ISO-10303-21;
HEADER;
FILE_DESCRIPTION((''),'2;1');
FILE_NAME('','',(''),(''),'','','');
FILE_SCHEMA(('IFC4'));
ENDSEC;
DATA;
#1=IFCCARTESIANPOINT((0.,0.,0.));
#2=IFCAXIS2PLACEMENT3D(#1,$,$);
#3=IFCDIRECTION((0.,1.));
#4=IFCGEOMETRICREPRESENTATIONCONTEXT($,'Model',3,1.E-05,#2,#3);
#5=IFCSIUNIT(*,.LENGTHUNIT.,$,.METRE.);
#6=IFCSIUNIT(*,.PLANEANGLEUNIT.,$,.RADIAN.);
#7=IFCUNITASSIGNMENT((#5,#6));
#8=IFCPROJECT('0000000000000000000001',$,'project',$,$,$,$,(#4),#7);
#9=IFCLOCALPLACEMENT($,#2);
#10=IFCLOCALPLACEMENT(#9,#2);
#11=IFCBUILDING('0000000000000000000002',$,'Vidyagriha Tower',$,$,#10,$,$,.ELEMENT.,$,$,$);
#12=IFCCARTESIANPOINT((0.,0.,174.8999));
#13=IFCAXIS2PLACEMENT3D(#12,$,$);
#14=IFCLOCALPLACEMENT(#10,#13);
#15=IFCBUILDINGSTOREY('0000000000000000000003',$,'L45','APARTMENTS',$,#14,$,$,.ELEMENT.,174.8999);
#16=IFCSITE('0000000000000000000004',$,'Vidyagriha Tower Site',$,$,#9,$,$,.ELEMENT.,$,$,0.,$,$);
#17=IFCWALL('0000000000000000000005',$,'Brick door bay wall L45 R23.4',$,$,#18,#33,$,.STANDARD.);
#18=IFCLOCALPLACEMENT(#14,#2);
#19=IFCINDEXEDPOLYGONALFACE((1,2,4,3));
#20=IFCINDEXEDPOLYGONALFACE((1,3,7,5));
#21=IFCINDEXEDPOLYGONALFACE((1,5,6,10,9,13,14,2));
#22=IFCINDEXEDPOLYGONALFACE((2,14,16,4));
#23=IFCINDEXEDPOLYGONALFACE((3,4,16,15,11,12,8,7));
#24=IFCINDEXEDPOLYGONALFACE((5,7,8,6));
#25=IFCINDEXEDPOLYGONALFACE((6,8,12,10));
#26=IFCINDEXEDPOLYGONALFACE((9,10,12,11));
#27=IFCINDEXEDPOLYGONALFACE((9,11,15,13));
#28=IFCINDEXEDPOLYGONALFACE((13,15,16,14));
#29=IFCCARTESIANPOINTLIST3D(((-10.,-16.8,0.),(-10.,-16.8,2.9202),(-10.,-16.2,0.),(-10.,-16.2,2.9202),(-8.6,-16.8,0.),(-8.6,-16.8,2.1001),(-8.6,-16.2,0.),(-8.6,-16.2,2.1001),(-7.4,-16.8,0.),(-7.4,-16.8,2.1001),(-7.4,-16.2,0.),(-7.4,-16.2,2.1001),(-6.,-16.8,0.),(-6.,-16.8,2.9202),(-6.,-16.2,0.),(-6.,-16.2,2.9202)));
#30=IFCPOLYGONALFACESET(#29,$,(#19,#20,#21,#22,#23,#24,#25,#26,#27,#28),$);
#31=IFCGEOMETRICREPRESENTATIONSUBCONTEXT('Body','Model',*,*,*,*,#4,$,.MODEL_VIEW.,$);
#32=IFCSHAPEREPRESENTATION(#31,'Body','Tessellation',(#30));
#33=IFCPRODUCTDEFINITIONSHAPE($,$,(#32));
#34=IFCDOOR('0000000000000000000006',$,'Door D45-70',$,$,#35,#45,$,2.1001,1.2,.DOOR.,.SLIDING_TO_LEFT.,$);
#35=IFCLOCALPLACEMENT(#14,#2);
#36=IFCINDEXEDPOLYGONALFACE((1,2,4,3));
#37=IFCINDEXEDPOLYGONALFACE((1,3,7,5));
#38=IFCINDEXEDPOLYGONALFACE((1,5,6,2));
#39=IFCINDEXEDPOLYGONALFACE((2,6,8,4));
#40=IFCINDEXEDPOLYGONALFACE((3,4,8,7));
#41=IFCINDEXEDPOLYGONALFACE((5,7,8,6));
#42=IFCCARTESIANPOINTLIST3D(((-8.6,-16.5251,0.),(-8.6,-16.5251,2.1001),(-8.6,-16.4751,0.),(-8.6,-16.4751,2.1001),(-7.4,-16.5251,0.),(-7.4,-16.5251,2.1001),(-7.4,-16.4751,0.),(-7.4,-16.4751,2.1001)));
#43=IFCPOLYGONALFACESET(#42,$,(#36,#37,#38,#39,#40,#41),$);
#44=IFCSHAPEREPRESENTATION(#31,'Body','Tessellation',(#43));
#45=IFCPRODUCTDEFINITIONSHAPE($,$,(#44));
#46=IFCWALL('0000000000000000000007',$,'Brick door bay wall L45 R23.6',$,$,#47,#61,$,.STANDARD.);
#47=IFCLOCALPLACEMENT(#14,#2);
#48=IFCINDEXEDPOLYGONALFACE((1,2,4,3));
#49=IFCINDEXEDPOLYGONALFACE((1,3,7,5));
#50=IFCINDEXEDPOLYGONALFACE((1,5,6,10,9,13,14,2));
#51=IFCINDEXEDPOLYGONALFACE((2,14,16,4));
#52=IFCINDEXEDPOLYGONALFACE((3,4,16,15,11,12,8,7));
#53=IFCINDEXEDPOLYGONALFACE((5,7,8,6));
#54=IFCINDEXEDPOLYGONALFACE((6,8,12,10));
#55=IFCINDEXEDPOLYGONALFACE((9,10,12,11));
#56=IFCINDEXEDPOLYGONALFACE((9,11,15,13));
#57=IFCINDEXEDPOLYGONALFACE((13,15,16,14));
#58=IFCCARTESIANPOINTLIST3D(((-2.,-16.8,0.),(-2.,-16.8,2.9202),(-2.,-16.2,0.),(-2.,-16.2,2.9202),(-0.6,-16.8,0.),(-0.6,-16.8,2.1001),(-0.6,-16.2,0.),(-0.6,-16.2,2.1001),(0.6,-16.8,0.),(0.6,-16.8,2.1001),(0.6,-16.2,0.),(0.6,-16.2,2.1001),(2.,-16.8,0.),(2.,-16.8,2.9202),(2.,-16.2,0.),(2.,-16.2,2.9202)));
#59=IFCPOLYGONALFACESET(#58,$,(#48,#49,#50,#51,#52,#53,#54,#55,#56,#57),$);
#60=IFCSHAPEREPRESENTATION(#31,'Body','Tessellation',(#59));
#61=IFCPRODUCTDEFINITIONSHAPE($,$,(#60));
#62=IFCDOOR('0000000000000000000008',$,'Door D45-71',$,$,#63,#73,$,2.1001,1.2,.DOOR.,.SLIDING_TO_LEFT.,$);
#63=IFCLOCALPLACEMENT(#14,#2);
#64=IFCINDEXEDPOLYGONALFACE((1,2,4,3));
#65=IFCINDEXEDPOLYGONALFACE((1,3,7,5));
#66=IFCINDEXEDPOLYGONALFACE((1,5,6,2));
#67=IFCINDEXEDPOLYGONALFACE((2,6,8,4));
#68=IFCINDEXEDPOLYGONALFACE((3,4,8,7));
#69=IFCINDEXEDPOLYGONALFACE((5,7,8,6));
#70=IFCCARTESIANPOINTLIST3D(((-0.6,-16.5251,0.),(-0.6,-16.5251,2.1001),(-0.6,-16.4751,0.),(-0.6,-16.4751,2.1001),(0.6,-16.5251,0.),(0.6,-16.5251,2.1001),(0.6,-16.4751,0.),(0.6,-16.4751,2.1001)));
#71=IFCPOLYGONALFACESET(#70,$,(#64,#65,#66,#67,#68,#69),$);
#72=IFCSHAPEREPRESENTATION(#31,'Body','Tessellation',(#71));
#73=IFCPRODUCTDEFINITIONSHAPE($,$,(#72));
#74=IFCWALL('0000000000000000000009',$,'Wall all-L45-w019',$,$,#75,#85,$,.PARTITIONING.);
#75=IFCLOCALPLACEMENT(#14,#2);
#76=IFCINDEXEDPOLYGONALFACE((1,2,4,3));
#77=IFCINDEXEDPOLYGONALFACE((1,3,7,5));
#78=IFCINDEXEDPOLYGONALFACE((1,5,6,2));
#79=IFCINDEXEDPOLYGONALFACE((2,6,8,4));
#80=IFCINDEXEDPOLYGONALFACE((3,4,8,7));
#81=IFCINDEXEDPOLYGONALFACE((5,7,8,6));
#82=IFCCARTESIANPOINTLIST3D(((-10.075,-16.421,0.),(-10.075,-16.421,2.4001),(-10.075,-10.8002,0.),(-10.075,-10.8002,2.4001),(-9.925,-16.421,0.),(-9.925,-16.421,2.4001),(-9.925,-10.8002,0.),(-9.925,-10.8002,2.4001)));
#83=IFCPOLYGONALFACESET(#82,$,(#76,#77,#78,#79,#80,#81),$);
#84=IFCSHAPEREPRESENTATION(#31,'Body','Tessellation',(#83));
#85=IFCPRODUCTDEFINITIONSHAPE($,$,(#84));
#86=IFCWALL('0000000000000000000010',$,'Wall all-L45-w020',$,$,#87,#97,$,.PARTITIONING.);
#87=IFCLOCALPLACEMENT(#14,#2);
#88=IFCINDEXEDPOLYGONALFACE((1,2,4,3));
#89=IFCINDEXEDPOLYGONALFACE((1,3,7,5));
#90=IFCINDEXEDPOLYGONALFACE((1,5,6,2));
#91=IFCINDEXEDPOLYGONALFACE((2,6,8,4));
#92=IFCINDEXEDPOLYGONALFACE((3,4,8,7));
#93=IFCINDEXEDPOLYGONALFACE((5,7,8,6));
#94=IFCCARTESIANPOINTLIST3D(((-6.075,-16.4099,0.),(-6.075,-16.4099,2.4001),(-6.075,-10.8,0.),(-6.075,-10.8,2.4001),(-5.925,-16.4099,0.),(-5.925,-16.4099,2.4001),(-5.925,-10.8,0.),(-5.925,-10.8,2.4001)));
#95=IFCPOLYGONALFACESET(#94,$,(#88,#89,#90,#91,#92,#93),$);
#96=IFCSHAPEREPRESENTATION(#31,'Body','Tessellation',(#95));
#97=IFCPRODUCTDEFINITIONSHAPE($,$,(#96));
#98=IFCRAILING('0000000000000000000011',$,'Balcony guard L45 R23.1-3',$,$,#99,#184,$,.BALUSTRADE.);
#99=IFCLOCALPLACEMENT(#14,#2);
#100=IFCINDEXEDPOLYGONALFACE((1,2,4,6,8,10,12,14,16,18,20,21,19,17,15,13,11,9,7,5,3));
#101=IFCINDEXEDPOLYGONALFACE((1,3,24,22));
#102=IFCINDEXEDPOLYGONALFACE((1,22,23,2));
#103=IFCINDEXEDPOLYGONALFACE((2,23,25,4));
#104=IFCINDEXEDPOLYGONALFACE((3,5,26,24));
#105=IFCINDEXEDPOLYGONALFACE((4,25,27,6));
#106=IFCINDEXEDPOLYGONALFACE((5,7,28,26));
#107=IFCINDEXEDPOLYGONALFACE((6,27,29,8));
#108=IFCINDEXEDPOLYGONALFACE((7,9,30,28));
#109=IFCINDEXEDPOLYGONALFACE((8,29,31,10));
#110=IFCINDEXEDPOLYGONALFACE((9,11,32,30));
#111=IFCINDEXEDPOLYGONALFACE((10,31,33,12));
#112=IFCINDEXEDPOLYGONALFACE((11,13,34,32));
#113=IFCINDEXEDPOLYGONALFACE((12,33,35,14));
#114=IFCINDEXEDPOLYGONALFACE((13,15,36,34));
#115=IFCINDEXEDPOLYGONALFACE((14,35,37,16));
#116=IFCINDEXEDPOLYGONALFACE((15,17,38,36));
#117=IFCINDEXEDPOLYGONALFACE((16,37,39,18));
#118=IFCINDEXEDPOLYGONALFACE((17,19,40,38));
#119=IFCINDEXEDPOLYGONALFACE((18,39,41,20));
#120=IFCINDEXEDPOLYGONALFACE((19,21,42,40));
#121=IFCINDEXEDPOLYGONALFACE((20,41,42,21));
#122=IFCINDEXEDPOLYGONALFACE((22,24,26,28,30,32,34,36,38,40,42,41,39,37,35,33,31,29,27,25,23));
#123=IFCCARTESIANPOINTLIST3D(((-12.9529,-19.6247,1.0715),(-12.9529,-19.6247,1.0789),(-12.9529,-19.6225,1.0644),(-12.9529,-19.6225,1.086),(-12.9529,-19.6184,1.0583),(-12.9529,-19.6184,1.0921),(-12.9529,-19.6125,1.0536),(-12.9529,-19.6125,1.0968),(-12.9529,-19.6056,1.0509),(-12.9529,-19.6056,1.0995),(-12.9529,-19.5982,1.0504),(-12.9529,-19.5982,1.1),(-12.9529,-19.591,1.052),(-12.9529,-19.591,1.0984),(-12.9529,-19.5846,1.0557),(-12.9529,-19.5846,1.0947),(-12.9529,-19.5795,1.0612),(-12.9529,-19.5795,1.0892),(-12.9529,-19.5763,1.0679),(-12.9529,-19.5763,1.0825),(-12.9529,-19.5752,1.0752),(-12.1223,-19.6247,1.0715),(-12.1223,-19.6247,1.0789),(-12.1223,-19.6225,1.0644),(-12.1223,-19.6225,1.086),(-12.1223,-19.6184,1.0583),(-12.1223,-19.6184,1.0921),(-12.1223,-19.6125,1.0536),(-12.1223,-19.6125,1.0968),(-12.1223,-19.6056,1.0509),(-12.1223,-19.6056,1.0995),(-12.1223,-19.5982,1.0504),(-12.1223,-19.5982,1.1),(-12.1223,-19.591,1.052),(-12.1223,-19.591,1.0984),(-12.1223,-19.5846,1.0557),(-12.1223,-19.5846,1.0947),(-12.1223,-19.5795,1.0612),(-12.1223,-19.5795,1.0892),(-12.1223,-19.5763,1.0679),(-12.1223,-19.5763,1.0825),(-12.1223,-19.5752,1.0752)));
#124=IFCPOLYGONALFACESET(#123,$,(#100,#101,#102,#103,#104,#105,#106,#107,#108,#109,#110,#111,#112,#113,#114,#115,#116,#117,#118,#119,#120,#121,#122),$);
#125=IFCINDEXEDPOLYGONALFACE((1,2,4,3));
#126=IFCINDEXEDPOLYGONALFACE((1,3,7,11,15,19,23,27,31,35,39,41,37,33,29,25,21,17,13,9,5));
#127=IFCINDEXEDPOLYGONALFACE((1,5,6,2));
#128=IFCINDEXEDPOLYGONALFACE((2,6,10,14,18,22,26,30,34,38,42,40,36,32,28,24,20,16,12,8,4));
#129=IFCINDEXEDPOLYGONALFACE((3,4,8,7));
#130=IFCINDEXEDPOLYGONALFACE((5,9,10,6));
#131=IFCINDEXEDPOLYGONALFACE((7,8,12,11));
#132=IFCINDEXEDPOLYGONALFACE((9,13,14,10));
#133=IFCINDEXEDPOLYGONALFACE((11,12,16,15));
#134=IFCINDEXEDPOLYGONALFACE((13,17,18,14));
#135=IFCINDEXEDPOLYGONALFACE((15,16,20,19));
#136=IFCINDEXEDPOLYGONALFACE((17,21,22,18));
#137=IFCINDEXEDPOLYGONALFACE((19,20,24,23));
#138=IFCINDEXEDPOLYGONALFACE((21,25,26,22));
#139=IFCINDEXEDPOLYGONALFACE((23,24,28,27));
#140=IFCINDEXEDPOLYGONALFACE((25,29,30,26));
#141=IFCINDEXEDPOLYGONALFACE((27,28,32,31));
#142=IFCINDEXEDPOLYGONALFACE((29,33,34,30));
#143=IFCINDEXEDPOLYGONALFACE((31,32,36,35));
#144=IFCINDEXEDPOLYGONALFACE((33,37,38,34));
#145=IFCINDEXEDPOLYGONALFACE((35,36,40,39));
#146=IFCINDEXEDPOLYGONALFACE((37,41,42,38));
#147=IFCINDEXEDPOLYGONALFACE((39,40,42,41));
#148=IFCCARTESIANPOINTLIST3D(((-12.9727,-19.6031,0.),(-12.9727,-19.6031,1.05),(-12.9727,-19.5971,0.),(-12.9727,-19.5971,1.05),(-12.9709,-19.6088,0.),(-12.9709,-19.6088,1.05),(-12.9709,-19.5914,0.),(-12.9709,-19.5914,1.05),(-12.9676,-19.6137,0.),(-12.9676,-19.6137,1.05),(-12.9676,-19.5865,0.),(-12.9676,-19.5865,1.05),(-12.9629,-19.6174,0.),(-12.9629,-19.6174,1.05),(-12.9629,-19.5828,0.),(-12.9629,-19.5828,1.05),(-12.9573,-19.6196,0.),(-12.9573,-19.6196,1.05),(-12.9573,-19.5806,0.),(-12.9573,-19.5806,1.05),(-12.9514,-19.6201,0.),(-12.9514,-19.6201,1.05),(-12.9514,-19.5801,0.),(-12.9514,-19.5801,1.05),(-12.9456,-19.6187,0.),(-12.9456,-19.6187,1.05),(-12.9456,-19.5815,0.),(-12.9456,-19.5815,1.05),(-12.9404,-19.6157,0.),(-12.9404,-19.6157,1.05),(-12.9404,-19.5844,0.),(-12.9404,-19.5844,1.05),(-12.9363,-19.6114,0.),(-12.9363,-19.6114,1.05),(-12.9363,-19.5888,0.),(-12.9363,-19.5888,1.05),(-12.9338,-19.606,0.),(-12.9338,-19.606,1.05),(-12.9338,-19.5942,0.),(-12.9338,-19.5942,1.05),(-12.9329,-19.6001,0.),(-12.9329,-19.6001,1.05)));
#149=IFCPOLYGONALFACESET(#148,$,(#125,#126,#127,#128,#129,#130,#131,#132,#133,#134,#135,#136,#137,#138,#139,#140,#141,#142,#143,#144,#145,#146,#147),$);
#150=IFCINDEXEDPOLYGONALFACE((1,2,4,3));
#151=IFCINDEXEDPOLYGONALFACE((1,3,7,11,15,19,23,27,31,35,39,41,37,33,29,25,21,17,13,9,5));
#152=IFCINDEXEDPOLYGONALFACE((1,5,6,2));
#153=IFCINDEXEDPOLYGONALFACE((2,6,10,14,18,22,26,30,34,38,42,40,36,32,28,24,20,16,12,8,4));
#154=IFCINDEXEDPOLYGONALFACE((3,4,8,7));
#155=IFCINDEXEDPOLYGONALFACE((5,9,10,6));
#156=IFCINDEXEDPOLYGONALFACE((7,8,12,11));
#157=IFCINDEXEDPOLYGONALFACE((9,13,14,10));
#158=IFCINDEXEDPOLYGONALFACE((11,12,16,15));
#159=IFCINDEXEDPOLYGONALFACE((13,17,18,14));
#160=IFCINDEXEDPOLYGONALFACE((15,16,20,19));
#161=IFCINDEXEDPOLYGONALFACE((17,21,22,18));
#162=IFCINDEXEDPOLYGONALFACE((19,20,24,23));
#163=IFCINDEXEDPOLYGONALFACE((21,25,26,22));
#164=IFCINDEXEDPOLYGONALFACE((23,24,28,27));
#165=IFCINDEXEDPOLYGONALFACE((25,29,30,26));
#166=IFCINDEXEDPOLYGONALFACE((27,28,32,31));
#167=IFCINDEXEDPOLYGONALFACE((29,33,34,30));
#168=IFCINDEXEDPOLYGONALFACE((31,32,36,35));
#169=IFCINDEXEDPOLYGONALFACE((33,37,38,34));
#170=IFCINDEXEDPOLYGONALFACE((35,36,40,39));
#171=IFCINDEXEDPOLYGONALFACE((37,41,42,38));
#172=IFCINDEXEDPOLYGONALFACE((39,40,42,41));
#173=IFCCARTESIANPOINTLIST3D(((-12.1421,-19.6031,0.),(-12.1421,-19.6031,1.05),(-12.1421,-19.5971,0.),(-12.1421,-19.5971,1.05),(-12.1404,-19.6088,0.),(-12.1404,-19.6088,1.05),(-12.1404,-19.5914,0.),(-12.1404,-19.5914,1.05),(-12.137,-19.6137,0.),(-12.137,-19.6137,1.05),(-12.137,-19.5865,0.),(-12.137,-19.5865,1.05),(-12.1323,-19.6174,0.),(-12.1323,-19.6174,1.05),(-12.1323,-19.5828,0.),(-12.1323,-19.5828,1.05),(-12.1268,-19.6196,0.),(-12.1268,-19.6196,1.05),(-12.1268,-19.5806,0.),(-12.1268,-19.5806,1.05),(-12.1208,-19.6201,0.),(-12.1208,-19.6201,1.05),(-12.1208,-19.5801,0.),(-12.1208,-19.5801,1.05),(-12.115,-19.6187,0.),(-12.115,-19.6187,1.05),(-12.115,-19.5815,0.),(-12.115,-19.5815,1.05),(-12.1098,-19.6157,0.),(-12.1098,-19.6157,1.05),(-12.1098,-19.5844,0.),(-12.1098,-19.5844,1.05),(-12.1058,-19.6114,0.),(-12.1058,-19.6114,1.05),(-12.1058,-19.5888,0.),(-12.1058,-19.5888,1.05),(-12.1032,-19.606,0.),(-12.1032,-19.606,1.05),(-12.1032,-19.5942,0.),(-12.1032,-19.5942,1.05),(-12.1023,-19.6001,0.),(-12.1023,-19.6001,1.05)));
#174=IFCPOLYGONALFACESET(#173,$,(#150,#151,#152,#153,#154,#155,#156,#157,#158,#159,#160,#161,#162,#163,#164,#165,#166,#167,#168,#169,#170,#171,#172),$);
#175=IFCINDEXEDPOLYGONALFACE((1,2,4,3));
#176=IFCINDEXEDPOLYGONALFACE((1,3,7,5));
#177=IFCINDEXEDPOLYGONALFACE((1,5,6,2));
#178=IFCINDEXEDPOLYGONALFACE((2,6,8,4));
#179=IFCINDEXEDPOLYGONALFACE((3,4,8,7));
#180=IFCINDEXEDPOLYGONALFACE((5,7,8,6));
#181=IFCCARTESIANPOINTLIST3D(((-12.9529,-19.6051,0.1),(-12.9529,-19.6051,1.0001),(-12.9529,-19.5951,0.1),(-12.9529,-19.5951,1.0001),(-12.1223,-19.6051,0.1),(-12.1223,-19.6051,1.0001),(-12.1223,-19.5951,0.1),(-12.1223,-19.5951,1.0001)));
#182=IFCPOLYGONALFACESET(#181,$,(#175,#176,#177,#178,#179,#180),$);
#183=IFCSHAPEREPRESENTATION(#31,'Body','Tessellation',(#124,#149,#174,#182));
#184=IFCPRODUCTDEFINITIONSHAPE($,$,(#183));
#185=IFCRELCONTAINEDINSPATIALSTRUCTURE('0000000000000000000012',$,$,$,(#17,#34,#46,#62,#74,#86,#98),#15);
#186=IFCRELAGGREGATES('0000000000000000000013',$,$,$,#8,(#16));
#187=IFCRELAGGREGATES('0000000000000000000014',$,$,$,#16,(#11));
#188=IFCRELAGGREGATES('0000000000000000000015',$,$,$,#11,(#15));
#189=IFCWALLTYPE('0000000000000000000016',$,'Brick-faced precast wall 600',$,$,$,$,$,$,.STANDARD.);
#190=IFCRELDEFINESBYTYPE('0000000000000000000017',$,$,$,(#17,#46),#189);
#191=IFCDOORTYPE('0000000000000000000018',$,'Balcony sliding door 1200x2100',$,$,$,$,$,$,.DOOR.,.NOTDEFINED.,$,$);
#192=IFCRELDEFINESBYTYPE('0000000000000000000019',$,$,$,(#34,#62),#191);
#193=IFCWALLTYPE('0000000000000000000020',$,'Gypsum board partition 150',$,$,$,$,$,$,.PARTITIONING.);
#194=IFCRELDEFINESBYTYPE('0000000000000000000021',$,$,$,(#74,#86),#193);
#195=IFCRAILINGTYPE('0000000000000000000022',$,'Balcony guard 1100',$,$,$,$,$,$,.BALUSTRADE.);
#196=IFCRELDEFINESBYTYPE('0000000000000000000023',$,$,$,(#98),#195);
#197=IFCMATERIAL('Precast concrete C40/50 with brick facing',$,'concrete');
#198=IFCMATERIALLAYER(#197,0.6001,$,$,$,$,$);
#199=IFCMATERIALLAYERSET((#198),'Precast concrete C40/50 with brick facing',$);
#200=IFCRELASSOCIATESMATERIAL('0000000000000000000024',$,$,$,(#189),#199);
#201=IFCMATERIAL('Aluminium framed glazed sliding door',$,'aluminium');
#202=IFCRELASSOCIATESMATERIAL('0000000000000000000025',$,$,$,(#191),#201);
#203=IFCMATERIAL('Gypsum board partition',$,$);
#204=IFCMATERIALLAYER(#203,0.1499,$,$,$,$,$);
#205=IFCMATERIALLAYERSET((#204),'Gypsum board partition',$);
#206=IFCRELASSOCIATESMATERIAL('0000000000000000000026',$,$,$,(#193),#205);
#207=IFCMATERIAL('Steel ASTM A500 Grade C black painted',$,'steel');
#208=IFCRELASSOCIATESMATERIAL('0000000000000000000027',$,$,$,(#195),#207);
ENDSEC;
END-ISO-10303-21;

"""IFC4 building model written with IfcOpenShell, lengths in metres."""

from ifc_helpers import new_model, si_unit, direction, frame, frame_2d, origin, origin_2d, place, context, subcontext, project, spatial, rectangle, circle, extrude, material, layer, layer_set, type_object, element, fill, save


model = new_model("IFC4")

# Units and contexts
model_context = context("Model", 3, precision=1e-05, world=origin(), true_north=direction((0.0, 1.0)))
body_context = subcontext(model_context, "Body", "Model", "MODEL_VIEW")
ifc_project = project(units=[si_unit("LENGTHUNIT", "METRE"), si_unit("PLANEANGLEUNIT", "RADIAN")], contexts=[model_context])

# Site, building, storey
site_placement = place(None, origin())
site = spatial("IfcSite", under=ifc_project, at=site_placement, Name="Vidyagriha Tower Site", CompositionType="ELEMENT", RefElevation=0.0)
building_placement = place(site_placement, origin())
building = spatial("IfcBuilding", under=site, at=building_placement, Name="Vidyagriha Tower", CompositionType="ELEMENT")
storey_placement = place(building_placement, frame((0.0, 0.0, 174.8999)))
storey = spatial("IfcBuildingStorey", under=building, at=storey_placement, Name="L45", Description="APARTMENTS", CompositionType="ELEMENT", Elevation=174.8999)

# Walls, openings, doors
ifc_material_1 = material(Name="Precast concrete C40/50 with brick facing", Category="concrete")
ifc_layer_1 = layer(ifc_material_1, 0.6001)
ifc_layer_set_1 = layer_set([ifc_layer_1], Name="Precast concrete C40/50 with brick facing")
wall_type_1 = type_object("IfcWallType", Name="Brick-faced precast wall 600", PredefinedType="STANDARD", material=ifc_layer_set_1)
wall_1_placement = place(storey_placement, frame((-10.0, -16.5, 0.0)))
wall_1 = element("IfcWall", 1, at=wall_1_placement, inside=storey, type_object=wall_type_1, Name="Brick door bay wall L45 R23.4", PredefinedType="STANDARD", context=body_context, shape_type="SweptSolid", body=[
    extrude(rectangle(XDim=4.0, YDim=0.6001, at=frame_2d((2.0, 0.0))), origin(), (0.0, 0.0, 1.0), 2.9202),
])
opening_1_placement = place(wall_1_placement, frame((1.3999, 0.0, 0.0)))
opening_1 = element("IfcOpeningElement", 2, at=opening_1_placement, cuts=wall_1, PredefinedType="OPENING", context=body_context, shape_type="SweptSolid", body=[
    extrude(rectangle(XDim=1.2, YDim=2.1001, at=frame_2d((0.6001, 1.05))), frame((0.0, 0.3101, 0.0), z_axis=(0.0, -1.0, 0.0), x_axis=(1.0, 0.0, 0.0)), (0.0, 0.0, 1.0), 0.6201),
])
ifc_material_2 = material(Name="Aluminium framed glazed sliding door", Category="aluminium")
door_type = type_object("IfcDoorType", Name="Balcony sliding door 1200x2100", OperationType="NOTDEFINED", PredefinedType="DOOR", material=ifc_material_2)
door_1_placement = place(opening_1_placement, origin())
door_1 = element("IfcDoor", 3, at=door_1_placement, inside=storey, type_object=door_type, Name="Door D45-70", OperationType="SLIDING_TO_LEFT", OverallHeight=2.1001, OverallWidth=1.2, PredefinedType="DOOR", context=body_context, shape_type="SweptSolid", body=[
    extrude(rectangle(XDim=1.2, YDim=2.1001, at=frame_2d((0.6001, 1.05))), frame((0.0, 0.0249, 0.0), z_axis=(0.0, -1.0, 0.0), x_axis=(1.0, 0.0, 0.0)), (0.0, 0.0, 1.0), 0.05),
])
fill(opening_1, door_1)
wall_2_placement = place(storey_placement, frame((-2.0, -16.5, 0.0)))
wall_2 = element("IfcWall", 4, at=wall_2_placement, inside=storey, type_object=wall_type_1, Name="Brick door bay wall L45 R23.6", PredefinedType="STANDARD", context=body_context, shape_type="SweptSolid", body=[
    extrude(rectangle(XDim=4.0, YDim=0.6001, at=frame_2d((2.0, 0.0))), origin(), (0.0, 0.0, 1.0), 2.9202),
])
opening_2_placement = place(wall_2_placement, frame((1.3999, 0.0, 0.0)))
opening_2 = element("IfcOpeningElement", 5, at=opening_2_placement, cuts=wall_2, PredefinedType="OPENING", context=body_context, shape_type="SweptSolid", body=[
    extrude(rectangle(XDim=1.2, YDim=2.1001, at=frame_2d((0.6001, 1.05))), frame((0.0, 0.3101, 0.0), z_axis=(0.0, -1.0, 0.0), x_axis=(1.0, 0.0, 0.0)), (0.0, 0.0, 1.0), 0.6201),
])
door_2_placement = place(opening_2_placement, origin())
door_2 = element("IfcDoor", 6, at=door_2_placement, inside=storey, type_object=door_type, Name="Door D45-71", OperationType="SLIDING_TO_LEFT", OverallHeight=2.1001, OverallWidth=1.2, PredefinedType="DOOR", context=body_context, shape_type="SweptSolid", body=[
    extrude(rectangle(XDim=1.2, YDim=2.1001, at=frame_2d((0.6001, 1.05))), frame((0.0, 0.0249, 0.0), z_axis=(0.0, -1.0, 0.0), x_axis=(1.0, 0.0, 0.0)), (0.0, 0.0, 1.0), 0.05),
])
fill(opening_2, door_2)

# Walls
ifc_material_3 = material(Name="Gypsum board partition")
ifc_layer_2 = layer(ifc_material_3, 0.1499)
ifc_layer_set_2 = layer_set([ifc_layer_2], Name="Gypsum board partition")
wall_type_2 = type_object("IfcWallType", Name="Gypsum board partition 150", PredefinedType="PARTITIONING", material=ifc_layer_set_2)
wall_3_placement = place(storey_placement, frame((-10.0, -10.8, 0.0), z_axis=(0.0, 0.0, 1.0), x_axis=(0.0, -1.0, 0.0)))
element("IfcWall", 7, at=wall_3_placement, inside=storey, type_object=wall_type_2, Name="Wall all-L45-w019", PredefinedType="PARTITIONING", context=body_context, shape_type="SweptSolid", body=[
    extrude(rectangle(XDim=5.6208, YDim=0.1499, at=frame_2d((2.8105, 0.0))), origin(), (0.0, 0.0, 1.0), 2.4001),
])
wall_4_placement = place(storey_placement, frame((-6.0, -10.8, 0.0), z_axis=(0.0, 0.0, 1.0), x_axis=(0.0, -1.0, 0.0)))
element("IfcWall", 8, at=wall_4_placement, inside=storey, type_object=wall_type_2, Name="Wall all-L45-w020", PredefinedType="PARTITIONING", context=body_context, shape_type="SweptSolid", body=[
    extrude(rectangle(XDim=5.6099, YDim=0.1499, at=frame_2d((2.8049, 0.0))), origin(), (0.0, 0.0, 1.0), 2.4001),
])

# Railing
ifc_material_4 = material(Name="Steel ASTM A500 Grade C black painted", Category="steel")
railing_type = type_object("IfcRailingType", Name="Balcony guard 1100", PredefinedType="BALUSTRADE", material=ifc_material_4)
railing_1_placement = place(storey_placement, frame((-12.9529, -19.6001, 0.0)))
element("IfcRailing", 9, at=railing_1_placement, inside=storey, type_object=railing_type, Name="Balcony guard L45 R23.1-3", PredefinedType="BALUSTRADE", context=body_context, shape_type="SweptSolid", body=[
    extrude(circle(Radius=0.0249, at=origin_2d()), frame((0.0, 0.0, 1.0752), z_axis=(1.0, 0.0, 0.0), x_axis=(0.0, 1.0, 0.0)), (0.0, 0.0, 1.0), 0.8306),
    extrude(circle(Radius=0.02, at=origin_2d()), origin(), (0.0, 0.0, 1.0), 1.05),
    extrude(circle(Radius=0.02, at=origin_2d()), frame((0.8306, 0.0, 0.0)), (0.0, 0.0, 1.0), 1.05),
    extrude(rectangle(XDim=0.01, YDim=0.9001, at=origin_2d()), frame((0.0, 0.0, 0.55), z_axis=(1.0, 0.0, 0.0), x_axis=(0.0, 1.0, 0.0)), (0.0, 0.0, 1.0), 0.8306),
])

save(model, "model.ifc")
